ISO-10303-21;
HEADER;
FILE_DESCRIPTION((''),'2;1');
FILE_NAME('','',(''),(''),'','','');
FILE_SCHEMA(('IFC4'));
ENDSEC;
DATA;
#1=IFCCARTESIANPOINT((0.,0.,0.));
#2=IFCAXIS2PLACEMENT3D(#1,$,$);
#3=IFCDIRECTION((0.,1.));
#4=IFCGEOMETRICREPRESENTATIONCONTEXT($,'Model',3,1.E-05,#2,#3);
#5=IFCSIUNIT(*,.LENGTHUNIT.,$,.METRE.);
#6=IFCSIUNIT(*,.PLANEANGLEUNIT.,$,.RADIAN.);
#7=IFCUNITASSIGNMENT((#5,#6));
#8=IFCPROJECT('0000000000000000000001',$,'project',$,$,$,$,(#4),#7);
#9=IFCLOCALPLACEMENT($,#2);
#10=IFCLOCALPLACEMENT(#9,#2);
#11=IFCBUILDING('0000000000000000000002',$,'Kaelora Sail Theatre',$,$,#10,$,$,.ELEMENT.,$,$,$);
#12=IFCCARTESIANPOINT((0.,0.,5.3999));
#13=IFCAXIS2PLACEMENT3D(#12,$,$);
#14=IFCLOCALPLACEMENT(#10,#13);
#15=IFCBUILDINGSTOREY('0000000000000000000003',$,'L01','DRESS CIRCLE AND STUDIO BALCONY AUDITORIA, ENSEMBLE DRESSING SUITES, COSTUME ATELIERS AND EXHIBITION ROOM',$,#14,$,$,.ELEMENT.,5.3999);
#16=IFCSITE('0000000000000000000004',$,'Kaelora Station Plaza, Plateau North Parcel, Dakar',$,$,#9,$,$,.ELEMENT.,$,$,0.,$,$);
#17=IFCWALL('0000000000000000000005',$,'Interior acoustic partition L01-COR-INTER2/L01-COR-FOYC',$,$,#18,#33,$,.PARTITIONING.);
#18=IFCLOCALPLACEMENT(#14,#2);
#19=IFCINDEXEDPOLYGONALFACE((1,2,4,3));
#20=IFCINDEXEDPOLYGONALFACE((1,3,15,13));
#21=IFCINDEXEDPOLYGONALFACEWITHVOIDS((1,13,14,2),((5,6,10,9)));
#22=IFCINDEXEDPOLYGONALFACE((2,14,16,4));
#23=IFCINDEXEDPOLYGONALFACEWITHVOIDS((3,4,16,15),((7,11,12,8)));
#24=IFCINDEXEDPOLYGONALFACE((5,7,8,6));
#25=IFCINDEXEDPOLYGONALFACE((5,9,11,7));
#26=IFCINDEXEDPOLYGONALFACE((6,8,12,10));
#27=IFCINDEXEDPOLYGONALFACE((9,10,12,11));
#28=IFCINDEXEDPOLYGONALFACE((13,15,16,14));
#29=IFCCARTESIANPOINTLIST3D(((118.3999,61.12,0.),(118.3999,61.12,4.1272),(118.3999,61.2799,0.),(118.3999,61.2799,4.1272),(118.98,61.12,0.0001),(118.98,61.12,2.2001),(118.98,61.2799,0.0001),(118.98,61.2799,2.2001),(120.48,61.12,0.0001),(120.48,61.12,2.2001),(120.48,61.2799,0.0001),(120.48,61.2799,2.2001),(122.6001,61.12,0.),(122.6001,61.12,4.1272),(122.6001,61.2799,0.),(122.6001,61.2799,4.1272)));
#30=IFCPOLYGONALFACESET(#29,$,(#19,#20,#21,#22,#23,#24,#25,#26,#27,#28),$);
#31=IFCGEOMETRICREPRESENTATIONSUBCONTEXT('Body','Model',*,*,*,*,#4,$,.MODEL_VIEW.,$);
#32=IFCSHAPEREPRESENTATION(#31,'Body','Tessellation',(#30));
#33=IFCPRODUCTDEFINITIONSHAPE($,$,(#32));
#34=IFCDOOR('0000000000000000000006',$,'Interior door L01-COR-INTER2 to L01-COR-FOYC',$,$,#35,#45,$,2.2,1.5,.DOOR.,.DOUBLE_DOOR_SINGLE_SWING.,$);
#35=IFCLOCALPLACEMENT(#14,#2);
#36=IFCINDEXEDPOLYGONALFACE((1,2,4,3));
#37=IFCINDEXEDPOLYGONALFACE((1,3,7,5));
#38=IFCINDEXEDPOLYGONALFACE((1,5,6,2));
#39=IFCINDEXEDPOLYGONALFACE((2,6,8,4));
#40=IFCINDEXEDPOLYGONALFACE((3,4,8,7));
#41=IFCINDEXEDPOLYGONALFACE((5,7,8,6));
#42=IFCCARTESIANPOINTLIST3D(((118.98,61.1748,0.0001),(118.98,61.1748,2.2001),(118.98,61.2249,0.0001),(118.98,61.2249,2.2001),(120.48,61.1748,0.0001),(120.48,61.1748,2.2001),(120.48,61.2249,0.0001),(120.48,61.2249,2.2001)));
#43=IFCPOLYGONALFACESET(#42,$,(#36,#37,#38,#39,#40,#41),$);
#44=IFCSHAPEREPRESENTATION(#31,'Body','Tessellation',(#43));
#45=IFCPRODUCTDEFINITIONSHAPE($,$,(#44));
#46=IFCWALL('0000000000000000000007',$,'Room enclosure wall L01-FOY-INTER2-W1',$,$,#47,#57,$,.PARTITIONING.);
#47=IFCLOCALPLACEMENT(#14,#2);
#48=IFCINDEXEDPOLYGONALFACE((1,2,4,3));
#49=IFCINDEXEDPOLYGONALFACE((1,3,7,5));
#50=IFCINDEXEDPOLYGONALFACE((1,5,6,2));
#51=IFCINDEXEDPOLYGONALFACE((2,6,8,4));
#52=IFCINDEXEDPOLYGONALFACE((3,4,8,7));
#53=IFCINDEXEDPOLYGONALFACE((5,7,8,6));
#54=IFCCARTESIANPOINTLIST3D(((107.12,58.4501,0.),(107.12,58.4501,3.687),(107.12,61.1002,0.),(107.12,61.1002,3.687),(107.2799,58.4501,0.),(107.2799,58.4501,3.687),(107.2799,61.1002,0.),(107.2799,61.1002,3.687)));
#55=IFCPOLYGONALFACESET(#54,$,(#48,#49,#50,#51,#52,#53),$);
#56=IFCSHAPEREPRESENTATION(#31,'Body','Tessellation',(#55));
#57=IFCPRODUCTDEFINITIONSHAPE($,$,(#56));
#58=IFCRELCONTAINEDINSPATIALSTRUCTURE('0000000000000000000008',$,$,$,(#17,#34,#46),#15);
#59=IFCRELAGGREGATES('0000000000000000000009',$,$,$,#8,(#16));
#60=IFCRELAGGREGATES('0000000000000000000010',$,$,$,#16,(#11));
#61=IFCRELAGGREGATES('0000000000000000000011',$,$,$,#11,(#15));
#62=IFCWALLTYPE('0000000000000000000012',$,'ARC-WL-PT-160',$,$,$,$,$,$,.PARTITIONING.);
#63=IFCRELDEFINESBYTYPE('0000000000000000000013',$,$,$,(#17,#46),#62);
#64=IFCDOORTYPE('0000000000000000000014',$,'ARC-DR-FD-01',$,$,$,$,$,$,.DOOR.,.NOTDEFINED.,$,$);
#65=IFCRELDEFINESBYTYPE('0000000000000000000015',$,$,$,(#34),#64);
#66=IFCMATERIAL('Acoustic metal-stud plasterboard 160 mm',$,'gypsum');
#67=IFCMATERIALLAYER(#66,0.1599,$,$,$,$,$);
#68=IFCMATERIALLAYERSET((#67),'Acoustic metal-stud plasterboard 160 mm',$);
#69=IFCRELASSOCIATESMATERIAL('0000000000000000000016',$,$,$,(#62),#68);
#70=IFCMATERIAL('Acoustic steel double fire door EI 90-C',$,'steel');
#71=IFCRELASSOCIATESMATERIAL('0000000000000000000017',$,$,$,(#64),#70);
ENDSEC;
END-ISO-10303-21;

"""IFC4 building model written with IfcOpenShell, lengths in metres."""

from ifc_helpers import new_model, si_unit, direction, frame, frame_2d, origin, place, context, subcontext, project, spatial, rectangle, extrude, material, layer, layer_set, type_object, element, fill, save


model = new_model("IFC4")

# Units and contexts
model_context = context("Model", 3, precision=1e-05, world=origin(), true_north=direction((0.0, 1.0)))
body_context = subcontext(model_context, "Body", "Model", "MODEL_VIEW")
ifc_project = project(units=[si_unit("LENGTHUNIT", "METRE"), si_unit("PLANEANGLEUNIT", "RADIAN")], contexts=[model_context])

# Site, building, storey
site_placement = place(None, origin())
site = spatial("IfcSite", under=ifc_project, at=site_placement, Name="Kaelora Station Plaza, Plateau North Parcel, Dakar", CompositionType="ELEMENT", RefElevation=0.0)
building_placement = place(site_placement, origin())
building = spatial("IfcBuilding", under=site, at=building_placement, Name="Kaelora Sail Theatre", CompositionType="ELEMENT")
storey_placement = place(building_placement, frame((0.0, 0.0, 5.3999)))
storey = spatial("IfcBuildingStorey", under=building, at=storey_placement, Name="L01", Description="DRESS CIRCLE AND STUDIO BALCONY AUDITORIA, ENSEMBLE DRESSING SUITES, COSTUME ATELIERS AND EXHIBITION ROOM", CompositionType="ELEMENT", Elevation=5.3999)

# Wall, opening, door
ifc_material_1 = material(Name="Acoustic metal-stud plasterboard 160 mm", Category="gypsum")
ifc_layer_1 = layer(ifc_material_1, 0.1599)
ifc_layer_set_1 = layer_set([ifc_layer_1], Name="Acoustic metal-stud plasterboard 160 mm")
wall_type_1 = type_object("IfcWallType", Name="ARC-WL-PT-160", PredefinedType="PARTITIONING", material=ifc_layer_set_1)
wall_1_placement = place(storey_placement, frame((118.3999, 61.2, 0.0), z_axis=(0.0, 0.0, 1.0), x_axis=(1.0, 0.0, 0.0)))
wall_1 = element("IfcWall", 1, at=wall_1_placement, inside=storey, type_object=wall_type_1, Name="Interior acoustic partition L01-COR-INTER2/L01-COR-FOYC", PredefinedType="PARTITIONING", context=body_context, shape_type="SweptSolid", body=[
    extrude(rectangle(XDim=4.2002, YDim=0.1599, at=frame_2d((2.1001, 0.0))), origin(), (0.0, 0.0, 1.0), 4.1272),
])
opening_1_placement = place(wall_1_placement, frame((0.5801, 0.0, 0.0)))
opening_1 = element("IfcOpeningElement", 2, at=opening_1_placement, cuts=wall_1, PredefinedType="OPENING", context=body_context, shape_type="SweptSolid", body=[
    extrude(rectangle(XDim=1.5, YDim=2.2, at=frame_2d((0.75, 1.1001))), frame((0.0, 0.0901, 0.0), z_axis=(0.0, -1.0, 0.0), x_axis=(1.0, 0.0, 0.0)), (0.0, 0.0, 1.0), 0.1799),
])
ifc_material_2 = material(Name="Acoustic steel double fire door EI 90-C", Category="steel")
door_type_1 = type_object("IfcDoorType", Name="ARC-DR-FD-01", OperationType="NOTDEFINED", PredefinedType="DOOR", material=ifc_material_2)
door_1_placement = place(opening_1_placement, origin())
door_1 = element("IfcDoor", 3, at=door_1_placement, inside=storey, type_object=door_type_1, Name="Interior door L01-COR-INTER2 to L01-COR-FOYC", OperationType="DOUBLE_DOOR_SINGLE_SWING", OverallHeight=2.2, OverallWidth=1.5, PredefinedType="DOOR", context=body_context, shape_type="SweptSolid", body=[
    extrude(rectangle(XDim=1.5, YDim=2.2, at=frame_2d((0.75, 1.1001))), frame((0.0, 0.0249, 0.0), z_axis=(0.0, -1.0, 0.0), x_axis=(1.0, 0.0, 0.0)), (0.0, 0.0, 1.0), 0.05),
])
fill(opening_1, door_1)

# Wall
wall_2_placement = place(storey_placement, frame((107.2, 58.45, 0.0), z_axis=(0.0, 0.0, 1.0), x_axis=(0.0, 1.0, 0.0)))
element("IfcWall", 4, at=wall_2_placement, inside=storey, type_object=wall_type_1, Name="Room enclosure wall L01-FOY-INTER2-W1", PredefinedType="PARTITIONING", context=body_context, shape_type="SweptSolid", body=[
    extrude(rectangle(XDim=2.6501, YDim=0.1599, at=frame_2d((1.3252, 0.0))), origin(), (0.0, 0.0, 1.0), 3.687),
])

save(model, "model.ifc")
